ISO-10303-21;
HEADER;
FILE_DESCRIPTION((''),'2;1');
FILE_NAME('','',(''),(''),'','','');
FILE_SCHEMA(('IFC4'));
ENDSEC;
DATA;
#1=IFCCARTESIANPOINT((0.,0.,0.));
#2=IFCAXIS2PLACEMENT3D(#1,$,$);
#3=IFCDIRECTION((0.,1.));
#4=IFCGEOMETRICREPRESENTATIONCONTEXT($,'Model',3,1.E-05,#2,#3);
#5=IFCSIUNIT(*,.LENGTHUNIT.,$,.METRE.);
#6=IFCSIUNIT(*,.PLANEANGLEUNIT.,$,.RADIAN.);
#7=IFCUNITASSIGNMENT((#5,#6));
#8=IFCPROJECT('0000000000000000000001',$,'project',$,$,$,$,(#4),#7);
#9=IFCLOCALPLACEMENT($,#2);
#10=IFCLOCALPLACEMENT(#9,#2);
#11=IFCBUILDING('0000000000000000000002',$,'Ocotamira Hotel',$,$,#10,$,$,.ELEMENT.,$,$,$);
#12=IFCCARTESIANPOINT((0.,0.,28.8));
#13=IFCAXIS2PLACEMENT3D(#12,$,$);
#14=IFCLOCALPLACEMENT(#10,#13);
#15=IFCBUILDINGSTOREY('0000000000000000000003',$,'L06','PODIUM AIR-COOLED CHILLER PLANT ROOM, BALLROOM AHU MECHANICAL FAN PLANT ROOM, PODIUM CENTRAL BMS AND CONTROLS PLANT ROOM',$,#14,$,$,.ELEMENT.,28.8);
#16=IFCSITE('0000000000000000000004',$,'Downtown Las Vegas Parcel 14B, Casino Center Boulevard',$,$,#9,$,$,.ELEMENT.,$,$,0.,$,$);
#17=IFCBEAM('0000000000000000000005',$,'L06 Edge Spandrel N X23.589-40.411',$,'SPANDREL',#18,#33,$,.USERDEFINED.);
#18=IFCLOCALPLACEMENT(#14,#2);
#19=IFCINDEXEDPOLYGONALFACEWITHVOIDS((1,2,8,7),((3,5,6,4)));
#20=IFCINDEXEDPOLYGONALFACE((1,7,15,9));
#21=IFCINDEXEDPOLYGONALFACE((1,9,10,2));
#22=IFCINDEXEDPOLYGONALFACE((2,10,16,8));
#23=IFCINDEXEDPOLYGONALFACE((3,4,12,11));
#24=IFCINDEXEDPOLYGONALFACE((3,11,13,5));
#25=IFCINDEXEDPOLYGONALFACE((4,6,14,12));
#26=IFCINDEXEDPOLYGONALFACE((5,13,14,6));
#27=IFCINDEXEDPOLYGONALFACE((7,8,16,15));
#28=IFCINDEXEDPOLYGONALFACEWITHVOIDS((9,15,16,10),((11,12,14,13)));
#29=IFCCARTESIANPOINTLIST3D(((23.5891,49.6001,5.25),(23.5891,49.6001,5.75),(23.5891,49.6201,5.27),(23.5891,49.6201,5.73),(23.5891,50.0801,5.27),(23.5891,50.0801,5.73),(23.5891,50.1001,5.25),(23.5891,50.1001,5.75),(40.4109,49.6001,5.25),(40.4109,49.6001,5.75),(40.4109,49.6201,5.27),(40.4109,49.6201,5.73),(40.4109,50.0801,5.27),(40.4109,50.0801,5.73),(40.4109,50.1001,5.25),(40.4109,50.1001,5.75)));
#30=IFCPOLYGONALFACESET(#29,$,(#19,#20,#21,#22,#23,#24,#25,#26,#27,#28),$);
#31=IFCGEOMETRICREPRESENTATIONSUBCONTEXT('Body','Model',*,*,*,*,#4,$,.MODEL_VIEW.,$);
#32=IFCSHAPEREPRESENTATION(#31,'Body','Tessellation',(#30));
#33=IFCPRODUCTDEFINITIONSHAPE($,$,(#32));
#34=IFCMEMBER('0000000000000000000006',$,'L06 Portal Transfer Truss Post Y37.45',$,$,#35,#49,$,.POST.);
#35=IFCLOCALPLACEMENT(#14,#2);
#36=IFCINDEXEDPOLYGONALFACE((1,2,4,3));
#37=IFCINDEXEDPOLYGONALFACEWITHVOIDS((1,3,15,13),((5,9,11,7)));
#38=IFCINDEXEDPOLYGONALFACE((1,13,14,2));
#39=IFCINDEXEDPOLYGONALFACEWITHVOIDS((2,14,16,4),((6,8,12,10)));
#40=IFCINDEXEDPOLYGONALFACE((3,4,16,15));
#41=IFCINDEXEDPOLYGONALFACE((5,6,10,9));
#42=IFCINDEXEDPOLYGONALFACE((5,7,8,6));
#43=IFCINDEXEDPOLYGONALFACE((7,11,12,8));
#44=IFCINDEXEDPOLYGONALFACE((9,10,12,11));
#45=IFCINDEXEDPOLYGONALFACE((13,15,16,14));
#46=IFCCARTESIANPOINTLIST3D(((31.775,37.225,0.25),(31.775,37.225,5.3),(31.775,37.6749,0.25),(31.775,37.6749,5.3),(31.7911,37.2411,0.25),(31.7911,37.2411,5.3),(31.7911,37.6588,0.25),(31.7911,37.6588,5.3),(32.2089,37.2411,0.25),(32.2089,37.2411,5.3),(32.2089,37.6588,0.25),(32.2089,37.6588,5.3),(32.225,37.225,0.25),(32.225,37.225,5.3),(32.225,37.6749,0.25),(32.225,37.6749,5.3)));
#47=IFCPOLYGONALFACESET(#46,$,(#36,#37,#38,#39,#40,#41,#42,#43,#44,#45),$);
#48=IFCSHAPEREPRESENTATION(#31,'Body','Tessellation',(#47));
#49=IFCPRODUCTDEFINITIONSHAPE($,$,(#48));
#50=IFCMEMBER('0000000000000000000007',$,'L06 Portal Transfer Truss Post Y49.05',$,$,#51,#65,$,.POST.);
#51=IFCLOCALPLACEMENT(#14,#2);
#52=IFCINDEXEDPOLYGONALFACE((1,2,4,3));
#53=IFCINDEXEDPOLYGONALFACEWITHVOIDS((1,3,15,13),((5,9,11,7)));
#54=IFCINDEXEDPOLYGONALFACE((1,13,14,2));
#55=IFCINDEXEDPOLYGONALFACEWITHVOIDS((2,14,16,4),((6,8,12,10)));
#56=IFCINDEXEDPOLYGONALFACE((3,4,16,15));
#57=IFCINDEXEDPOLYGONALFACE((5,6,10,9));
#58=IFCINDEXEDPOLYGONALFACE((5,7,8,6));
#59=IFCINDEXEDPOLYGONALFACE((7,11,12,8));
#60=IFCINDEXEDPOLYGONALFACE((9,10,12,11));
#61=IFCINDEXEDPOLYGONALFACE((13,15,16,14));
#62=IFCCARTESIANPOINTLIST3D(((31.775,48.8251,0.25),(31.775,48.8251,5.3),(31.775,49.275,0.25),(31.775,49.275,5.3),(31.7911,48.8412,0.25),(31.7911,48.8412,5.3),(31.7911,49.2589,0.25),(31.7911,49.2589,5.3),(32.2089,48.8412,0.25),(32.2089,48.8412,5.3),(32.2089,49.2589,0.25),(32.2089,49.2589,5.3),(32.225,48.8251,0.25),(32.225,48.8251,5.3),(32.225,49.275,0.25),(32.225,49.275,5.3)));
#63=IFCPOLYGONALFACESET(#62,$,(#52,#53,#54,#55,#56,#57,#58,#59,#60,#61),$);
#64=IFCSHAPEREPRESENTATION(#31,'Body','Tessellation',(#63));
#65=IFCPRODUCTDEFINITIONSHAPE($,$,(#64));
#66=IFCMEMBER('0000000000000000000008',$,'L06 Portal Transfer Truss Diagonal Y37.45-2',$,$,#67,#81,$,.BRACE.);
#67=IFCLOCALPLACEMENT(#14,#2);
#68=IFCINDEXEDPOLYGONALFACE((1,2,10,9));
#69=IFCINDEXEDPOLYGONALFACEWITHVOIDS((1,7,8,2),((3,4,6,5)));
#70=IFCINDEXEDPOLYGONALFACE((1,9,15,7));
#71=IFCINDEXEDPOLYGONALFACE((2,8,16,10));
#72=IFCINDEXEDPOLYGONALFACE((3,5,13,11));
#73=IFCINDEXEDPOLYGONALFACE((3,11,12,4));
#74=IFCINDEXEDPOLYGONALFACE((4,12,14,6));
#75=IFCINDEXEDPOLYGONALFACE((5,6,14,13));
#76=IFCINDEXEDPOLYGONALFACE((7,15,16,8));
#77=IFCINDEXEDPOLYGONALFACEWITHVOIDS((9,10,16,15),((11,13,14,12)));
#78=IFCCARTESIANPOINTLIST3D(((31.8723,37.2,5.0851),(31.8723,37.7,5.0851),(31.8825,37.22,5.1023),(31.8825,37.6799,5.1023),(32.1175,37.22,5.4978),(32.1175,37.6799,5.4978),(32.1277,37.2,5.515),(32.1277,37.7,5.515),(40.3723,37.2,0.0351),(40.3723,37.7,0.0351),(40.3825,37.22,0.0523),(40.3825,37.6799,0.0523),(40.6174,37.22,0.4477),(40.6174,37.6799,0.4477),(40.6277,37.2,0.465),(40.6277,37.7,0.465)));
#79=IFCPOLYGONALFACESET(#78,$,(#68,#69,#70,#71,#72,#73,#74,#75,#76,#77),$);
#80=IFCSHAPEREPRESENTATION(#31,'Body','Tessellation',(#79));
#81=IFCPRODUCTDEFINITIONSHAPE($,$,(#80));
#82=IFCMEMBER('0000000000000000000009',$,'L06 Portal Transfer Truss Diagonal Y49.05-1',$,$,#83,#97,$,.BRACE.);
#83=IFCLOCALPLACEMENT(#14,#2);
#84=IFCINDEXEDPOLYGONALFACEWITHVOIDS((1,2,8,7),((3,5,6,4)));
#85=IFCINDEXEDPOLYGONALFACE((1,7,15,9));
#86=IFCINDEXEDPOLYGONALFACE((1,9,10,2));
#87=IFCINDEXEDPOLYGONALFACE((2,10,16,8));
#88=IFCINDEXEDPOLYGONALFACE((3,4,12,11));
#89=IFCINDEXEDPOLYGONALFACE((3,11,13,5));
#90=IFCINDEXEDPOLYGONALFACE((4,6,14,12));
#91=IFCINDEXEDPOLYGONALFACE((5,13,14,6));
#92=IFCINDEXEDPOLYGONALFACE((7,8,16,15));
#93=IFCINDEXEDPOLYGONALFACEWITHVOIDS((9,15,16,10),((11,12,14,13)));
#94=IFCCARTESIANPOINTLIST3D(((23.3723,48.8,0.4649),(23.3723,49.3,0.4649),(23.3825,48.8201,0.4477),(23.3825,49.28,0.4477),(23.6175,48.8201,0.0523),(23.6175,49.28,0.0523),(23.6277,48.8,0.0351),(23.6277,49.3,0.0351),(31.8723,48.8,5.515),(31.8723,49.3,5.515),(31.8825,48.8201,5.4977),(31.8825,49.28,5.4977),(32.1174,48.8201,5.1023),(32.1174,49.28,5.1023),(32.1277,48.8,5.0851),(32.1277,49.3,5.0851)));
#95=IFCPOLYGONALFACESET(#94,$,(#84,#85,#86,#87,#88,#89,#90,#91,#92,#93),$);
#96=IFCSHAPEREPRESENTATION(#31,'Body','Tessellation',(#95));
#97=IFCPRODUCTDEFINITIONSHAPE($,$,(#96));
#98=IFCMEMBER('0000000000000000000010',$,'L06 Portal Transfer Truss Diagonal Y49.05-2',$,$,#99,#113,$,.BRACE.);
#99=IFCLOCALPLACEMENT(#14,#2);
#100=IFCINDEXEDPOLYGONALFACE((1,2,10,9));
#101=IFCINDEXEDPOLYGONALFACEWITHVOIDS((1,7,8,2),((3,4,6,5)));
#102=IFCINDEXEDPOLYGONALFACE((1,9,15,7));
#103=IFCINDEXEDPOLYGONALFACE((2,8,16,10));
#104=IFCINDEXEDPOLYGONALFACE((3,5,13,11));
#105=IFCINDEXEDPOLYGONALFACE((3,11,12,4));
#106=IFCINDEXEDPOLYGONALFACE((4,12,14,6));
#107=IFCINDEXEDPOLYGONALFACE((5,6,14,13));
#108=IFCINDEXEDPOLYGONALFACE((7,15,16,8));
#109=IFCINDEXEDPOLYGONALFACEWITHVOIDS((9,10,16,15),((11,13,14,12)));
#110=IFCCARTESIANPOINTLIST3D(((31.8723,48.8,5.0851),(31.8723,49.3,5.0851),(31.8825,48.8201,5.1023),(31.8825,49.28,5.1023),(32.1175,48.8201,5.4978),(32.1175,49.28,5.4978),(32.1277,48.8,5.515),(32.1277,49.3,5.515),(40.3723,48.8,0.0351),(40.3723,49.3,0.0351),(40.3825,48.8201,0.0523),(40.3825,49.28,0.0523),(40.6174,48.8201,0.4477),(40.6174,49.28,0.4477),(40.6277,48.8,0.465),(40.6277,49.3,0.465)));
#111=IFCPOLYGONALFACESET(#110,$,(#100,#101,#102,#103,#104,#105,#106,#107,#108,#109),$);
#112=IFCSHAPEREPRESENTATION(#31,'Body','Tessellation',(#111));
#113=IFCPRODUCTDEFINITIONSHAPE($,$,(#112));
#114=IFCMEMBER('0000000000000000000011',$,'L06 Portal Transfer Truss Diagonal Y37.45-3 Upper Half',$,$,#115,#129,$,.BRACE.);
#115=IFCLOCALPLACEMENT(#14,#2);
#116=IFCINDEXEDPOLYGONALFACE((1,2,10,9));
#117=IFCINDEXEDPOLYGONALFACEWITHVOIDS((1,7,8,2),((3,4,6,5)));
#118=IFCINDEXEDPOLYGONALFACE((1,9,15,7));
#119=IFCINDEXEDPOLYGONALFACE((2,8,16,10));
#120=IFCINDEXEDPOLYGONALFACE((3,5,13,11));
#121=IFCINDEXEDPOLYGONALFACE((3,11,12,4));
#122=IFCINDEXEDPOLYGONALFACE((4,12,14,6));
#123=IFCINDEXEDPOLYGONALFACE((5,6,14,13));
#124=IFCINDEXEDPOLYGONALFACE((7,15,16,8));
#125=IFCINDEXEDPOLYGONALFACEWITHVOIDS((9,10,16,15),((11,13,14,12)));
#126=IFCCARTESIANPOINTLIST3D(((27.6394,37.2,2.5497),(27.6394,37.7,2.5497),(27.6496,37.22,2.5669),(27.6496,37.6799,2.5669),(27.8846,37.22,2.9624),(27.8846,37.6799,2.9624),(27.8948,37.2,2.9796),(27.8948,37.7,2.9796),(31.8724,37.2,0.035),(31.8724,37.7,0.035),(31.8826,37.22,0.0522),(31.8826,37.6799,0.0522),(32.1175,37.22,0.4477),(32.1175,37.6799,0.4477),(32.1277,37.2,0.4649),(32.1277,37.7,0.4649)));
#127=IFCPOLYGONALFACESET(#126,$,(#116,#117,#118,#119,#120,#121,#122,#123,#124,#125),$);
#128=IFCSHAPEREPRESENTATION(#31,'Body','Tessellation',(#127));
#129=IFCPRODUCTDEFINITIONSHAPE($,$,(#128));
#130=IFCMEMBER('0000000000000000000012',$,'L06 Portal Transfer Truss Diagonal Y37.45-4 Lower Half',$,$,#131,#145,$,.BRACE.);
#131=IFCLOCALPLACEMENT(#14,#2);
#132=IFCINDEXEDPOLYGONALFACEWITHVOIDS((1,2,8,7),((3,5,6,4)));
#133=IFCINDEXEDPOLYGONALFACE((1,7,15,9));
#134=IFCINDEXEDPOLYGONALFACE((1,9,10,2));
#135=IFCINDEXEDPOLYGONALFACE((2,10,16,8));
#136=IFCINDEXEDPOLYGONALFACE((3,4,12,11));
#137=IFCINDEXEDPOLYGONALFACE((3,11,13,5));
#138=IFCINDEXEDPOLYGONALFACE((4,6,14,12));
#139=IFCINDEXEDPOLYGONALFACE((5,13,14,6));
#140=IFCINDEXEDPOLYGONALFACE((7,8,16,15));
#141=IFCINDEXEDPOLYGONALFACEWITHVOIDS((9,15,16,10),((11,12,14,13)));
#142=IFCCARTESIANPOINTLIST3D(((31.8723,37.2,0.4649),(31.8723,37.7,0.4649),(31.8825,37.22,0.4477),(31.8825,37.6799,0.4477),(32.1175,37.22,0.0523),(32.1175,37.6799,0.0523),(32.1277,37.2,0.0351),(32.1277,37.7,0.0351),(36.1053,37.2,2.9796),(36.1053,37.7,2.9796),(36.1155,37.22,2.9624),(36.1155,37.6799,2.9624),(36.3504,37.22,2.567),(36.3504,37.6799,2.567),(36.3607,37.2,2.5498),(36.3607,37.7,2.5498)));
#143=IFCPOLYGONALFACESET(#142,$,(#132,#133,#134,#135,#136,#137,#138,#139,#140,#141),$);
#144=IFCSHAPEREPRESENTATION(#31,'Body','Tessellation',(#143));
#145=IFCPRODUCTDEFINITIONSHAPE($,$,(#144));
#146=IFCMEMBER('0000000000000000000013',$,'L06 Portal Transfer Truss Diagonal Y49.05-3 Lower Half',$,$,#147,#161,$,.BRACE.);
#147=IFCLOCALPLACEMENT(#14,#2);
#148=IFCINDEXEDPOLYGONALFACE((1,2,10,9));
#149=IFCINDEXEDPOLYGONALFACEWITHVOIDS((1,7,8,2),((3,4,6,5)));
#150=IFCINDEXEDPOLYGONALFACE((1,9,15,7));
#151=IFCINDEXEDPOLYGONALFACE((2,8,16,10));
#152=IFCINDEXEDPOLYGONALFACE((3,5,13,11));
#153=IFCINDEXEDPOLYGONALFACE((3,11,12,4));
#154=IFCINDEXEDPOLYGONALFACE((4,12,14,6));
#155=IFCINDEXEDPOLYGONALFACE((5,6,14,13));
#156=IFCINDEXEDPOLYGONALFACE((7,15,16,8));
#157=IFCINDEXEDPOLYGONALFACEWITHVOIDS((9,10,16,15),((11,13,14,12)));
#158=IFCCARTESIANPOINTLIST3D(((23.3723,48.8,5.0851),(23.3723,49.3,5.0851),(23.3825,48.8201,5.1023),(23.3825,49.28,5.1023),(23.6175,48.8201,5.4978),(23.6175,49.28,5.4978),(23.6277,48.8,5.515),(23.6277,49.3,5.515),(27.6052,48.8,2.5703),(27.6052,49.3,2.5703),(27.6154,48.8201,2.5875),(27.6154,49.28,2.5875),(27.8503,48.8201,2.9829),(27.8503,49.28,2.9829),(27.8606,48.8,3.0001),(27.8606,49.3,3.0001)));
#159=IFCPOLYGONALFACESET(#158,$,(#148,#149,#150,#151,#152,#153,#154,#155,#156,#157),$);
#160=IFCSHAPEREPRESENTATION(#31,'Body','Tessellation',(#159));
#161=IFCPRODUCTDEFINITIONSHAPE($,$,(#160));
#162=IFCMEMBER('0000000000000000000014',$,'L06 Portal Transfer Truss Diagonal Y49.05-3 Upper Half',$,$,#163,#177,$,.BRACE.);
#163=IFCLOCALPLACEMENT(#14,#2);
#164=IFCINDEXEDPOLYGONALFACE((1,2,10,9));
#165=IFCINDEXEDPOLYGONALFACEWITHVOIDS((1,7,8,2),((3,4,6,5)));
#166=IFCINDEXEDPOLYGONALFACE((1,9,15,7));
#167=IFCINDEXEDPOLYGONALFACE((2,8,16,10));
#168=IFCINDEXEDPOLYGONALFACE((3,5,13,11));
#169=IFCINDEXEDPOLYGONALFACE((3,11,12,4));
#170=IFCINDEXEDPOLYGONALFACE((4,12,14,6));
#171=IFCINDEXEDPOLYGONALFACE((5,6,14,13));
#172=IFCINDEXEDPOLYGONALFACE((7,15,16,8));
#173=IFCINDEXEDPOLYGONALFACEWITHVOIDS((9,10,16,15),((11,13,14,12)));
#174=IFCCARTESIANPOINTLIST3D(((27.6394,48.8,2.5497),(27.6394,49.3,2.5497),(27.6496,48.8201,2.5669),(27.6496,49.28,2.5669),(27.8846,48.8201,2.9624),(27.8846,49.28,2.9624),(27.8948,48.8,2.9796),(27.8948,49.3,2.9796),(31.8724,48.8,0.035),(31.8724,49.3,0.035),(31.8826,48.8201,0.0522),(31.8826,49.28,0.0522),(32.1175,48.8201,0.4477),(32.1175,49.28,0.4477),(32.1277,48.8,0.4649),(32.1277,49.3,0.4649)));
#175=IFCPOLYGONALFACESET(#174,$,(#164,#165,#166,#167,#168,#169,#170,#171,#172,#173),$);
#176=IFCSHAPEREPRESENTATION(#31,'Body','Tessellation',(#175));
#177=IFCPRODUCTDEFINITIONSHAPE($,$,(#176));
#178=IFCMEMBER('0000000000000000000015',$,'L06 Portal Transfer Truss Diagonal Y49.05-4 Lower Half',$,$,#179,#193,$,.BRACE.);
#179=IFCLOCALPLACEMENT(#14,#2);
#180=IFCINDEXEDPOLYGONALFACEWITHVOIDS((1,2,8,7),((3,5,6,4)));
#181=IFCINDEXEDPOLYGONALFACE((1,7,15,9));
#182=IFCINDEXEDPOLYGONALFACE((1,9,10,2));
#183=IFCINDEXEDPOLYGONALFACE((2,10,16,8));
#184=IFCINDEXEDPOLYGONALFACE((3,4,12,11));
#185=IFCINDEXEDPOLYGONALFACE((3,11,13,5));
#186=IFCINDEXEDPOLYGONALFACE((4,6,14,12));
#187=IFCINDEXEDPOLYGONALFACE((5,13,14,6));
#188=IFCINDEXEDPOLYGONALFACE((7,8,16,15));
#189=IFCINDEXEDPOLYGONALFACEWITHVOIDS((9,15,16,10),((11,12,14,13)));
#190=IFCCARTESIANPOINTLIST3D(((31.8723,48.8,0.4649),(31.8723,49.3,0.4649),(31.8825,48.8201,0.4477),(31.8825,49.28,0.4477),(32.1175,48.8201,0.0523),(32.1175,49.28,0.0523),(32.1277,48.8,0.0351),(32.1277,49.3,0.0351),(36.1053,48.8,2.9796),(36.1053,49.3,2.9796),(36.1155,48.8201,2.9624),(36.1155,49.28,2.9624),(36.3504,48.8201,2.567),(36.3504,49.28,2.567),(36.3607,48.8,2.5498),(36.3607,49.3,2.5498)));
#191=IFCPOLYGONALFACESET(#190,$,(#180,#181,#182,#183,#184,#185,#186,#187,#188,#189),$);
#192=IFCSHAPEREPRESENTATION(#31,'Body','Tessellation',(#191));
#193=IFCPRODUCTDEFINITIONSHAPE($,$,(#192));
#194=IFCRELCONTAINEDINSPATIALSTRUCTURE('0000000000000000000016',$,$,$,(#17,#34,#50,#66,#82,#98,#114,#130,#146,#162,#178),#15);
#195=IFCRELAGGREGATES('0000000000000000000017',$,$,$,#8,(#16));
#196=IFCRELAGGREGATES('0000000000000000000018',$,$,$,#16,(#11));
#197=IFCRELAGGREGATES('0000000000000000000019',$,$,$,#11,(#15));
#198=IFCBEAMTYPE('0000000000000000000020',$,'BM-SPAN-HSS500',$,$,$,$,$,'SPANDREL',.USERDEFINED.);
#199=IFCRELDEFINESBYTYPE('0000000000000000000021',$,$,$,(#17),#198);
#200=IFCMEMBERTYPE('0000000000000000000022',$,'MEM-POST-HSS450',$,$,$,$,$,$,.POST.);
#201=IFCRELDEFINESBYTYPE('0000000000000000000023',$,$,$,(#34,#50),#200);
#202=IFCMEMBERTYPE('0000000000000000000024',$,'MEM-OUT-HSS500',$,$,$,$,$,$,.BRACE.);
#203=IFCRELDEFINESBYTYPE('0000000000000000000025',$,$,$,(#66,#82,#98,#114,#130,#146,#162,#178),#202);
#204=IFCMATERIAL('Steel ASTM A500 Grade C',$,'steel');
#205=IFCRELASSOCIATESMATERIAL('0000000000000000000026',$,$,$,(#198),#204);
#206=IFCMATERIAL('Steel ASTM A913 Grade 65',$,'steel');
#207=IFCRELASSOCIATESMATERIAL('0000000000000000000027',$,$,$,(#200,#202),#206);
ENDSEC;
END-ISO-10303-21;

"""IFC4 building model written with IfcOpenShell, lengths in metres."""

from ifc_helpers import new_model, si_unit, direction, frame, origin, origin_2d, place, context, subcontext, project, spatial, hollow_rectangle, extrude, source, transform, mapped, material, material_profile, profile_set, type_object, element, save


model = new_model("IFC4")

# Units and contexts
model_context = context("Model", 3, precision=1e-05, world=origin(), true_north=direction((0.0, 1.0)))
body_context = subcontext(model_context, "Body", "Model", "MODEL_VIEW")
ifc_project = project(units=[si_unit("LENGTHUNIT", "METRE"), si_unit("PLANEANGLEUNIT", "RADIAN")], contexts=[model_context])

# Site, building, storey
site_placement = place(None, origin())
site = spatial("IfcSite", under=ifc_project, at=site_placement, Name="Downtown Las Vegas Parcel 14B, Casino Center Boulevard", CompositionType="ELEMENT", RefElevation=0.0)
building_placement = place(site_placement, origin())
building = spatial("IfcBuilding", under=site, at=building_placement, Name="Ocotamira Hotel", CompositionType="ELEMENT")
storey_placement = place(building_placement, frame((0.0, 0.0, 28.8)))
storey = spatial("IfcBuildingStorey", under=building, at=storey_placement, Name="L06", Description="PODIUM AIR-COOLED CHILLER PLANT ROOM, BALLROOM AHU MECHANICAL FAN PLANT ROOM, PODIUM CENTRAL BMS AND CONTROLS PLANT ROOM", CompositionType="ELEMENT", Elevation=28.8)

# Beam
ifc_material_1 = material(Name="Steel ASTM A500 Grade C", Category="steel")
ifc_material_profile_1 = material_profile(ifc_material_1, hollow_rectangle(XDim=0.5, YDim=0.5, WallThickness=0.02, at=origin_2d()), Name="HSS500X500X20")
ifc_profile_set_1 = profile_set([ifc_material_profile_1], Name="Steel ASTM A500 Grade C")
beam_type = type_object("IfcBeamType", Name="BM-SPAN-HSS500", ElementType="SPANDREL", PredefinedType="USERDEFINED", material=ifc_profile_set_1)
shared_shape_1 = source(origin(), body_context, "Body", "SweptSolid", [
    extrude(hollow_rectangle(XDim=0.5, YDim=0.5, WallThickness=0.02, at=origin_2d()), origin(), (0.0, 0.0, 1.0), 16.8218),
])
beam_placement = place(storey_placement, frame((23.5891, 49.8501, 5.5), z_axis=(1.0, 0.0, 0.0), x_axis=(0.0, 1.0, 0.0)))
element("IfcBeam", 1, at=beam_placement, inside=storey, type_object=beam_type, Name="L06 Edge Spandrel N X23.589-40.411", ObjectType="SPANDREL", PredefinedType="USERDEFINED", context=body_context, shape_type="MappedRepresentation", body=[
    mapped(shared_shape_1, transform((0.0, 0.0, 0.0), scale=1.0)),
])

# Members
ifc_material_2 = material(Name="Steel ASTM A913 Grade 65", Category="steel")
ifc_material_profile_2 = material_profile(ifc_material_2, hollow_rectangle(XDim=0.45, YDim=0.45, WallThickness=0.0161, at=origin_2d()), Name="HSS450X450X16")
ifc_profile_set_2 = profile_set([ifc_material_profile_2], Name="Steel ASTM A913 Grade 65")
member_type_1 = type_object("IfcMemberType", Name="MEM-POST-HSS450", PredefinedType="POST", material=ifc_profile_set_2)
shared_shape_2 = source(origin(), body_context, "Body", "SweptSolid", [
    extrude(hollow_rectangle(XDim=0.45, YDim=0.45, WallThickness=0.0161, at=origin_2d()), origin(), (0.0, 0.0, 1.0), 5.05),
])
for number, where, z_axis, x_axis, name in (
    (2, (32.0, 37.45, 0.25), (0.0, 0.0, 1.0), (1.0, 0.0, 0.0), "L06 Portal Transfer Truss Post Y37.45"),
    (3, (32.0, 49.05, 0.25), (0.0, 0.0, 1.0), (1.0, 0.0, 0.0), "L06 Portal Transfer Truss Post Y49.05"),
):
    element("IfcMember", number, at=place(storey_placement, frame(where, z_axis=z_axis, x_axis=x_axis)), inside=storey, type_object=member_type_1, Name=name, PredefinedType="POST", context=body_context, shape_type="MappedRepresentation", body=[
        mapped(shared_shape_2, transform((0.0, 0.0, 0.0), scale=1.0)),
    ])
ifc_material_profile_3 = material_profile(ifc_material_2, hollow_rectangle(XDim=0.5, YDim=0.5, WallThickness=0.02, at=origin_2d()), Name="HSS500X500X20")
ifc_profile_set_3 = profile_set([ifc_material_profile_3], Name="Steel ASTM A913 Grade 65")
member_type_2 = type_object("IfcMemberType", Name="MEM-OUT-HSS500", PredefinedType="BRACE", material=ifc_profile_set_3)
shared_shape_3 = source(origin(), body_context, "Body", "SweptSolid", [
    extrude(hollow_rectangle(XDim=0.5, YDim=0.5, WallThickness=0.02, at=origin_2d()), origin(), (0.0, 0.0, 1.0), 9.887),
])
for number, where, z_axis, x_axis, name in (
    (4, (32.0, 37.45, 5.3), (0.859714, 0.0, -0.510776), (0.0, 1.0, 0.0), "L06 Portal Transfer Truss Diagonal Y37.45-2"),
    (5, (23.5, 49.05, 0.25), (0.859714, 0.0, 0.510776), (0.0, 1.0, 0.0), "L06 Portal Transfer Truss Diagonal Y49.05-1"),
    (6, (32.0, 49.05, 5.3), (0.859714, 0.0, -0.510776), (0.0, 1.0, 0.0), "L06 Portal Transfer Truss Diagonal Y49.05-2"),
):
    element("IfcMember", number, at=place(storey_placement, frame(where, z_axis=z_axis, x_axis=x_axis)), inside=storey, type_object=member_type_2, Name=name, PredefinedType="BRACE", context=body_context, shape_type="MappedRepresentation", body=[
        mapped(shared_shape_3, transform((0.0, 0.0, 0.0), scale=1.0)),
    ])
shared_shape_4 = source(origin(), body_context, "Body", "SweptSolid", [
    extrude(hollow_rectangle(XDim=0.5, YDim=0.5, WallThickness=0.02, at=origin_2d()), origin(), (0.0, 0.0, 1.0), 4.9236),
])
for number, where, z_axis, x_axis, name in (
    (7, (27.7671, 37.45, 2.7646), (0.859734, 0.0, -0.510743), (0.0, 1.0, 0.0), "L06 Portal Transfer Truss Diagonal Y37.45-3 Upper Half"),
    (8, (32.0, 37.45, 0.25), (0.859734, 0.0, 0.510743), (0.0, 1.0, 0.0), "L06 Portal Transfer Truss Diagonal Y37.45-4 Lower Half"),
    (9, (23.5, 49.05, 5.3), (0.859712, 0.0, -0.510779), (0.0, 1.0, 0.0), "L06 Portal Transfer Truss Diagonal Y49.05-3 Lower Half"),
    (10, (27.7671, 49.05, 2.7646), (0.859734, 0.0, -0.510743), (0.0, 1.0, 0.0), "L06 Portal Transfer Truss Diagonal Y49.05-3 Upper Half"),
    (11, (32.0, 49.05, 0.25), (0.859734, 0.0, 0.510743), (0.0, 1.0, 0.0), "L06 Portal Transfer Truss Diagonal Y49.05-4 Lower Half"),
):
    element("IfcMember", number, at=place(storey_placement, frame(where, z_axis=z_axis, x_axis=x_axis)), inside=storey, type_object=member_type_2, Name=name, PredefinedType="BRACE", context=body_context, shape_type="MappedRepresentation", body=[
        mapped(shared_shape_4, transform((0.0, 0.0, 0.0), scale=1.0)),
    ])

save(model, "model.ifc")
